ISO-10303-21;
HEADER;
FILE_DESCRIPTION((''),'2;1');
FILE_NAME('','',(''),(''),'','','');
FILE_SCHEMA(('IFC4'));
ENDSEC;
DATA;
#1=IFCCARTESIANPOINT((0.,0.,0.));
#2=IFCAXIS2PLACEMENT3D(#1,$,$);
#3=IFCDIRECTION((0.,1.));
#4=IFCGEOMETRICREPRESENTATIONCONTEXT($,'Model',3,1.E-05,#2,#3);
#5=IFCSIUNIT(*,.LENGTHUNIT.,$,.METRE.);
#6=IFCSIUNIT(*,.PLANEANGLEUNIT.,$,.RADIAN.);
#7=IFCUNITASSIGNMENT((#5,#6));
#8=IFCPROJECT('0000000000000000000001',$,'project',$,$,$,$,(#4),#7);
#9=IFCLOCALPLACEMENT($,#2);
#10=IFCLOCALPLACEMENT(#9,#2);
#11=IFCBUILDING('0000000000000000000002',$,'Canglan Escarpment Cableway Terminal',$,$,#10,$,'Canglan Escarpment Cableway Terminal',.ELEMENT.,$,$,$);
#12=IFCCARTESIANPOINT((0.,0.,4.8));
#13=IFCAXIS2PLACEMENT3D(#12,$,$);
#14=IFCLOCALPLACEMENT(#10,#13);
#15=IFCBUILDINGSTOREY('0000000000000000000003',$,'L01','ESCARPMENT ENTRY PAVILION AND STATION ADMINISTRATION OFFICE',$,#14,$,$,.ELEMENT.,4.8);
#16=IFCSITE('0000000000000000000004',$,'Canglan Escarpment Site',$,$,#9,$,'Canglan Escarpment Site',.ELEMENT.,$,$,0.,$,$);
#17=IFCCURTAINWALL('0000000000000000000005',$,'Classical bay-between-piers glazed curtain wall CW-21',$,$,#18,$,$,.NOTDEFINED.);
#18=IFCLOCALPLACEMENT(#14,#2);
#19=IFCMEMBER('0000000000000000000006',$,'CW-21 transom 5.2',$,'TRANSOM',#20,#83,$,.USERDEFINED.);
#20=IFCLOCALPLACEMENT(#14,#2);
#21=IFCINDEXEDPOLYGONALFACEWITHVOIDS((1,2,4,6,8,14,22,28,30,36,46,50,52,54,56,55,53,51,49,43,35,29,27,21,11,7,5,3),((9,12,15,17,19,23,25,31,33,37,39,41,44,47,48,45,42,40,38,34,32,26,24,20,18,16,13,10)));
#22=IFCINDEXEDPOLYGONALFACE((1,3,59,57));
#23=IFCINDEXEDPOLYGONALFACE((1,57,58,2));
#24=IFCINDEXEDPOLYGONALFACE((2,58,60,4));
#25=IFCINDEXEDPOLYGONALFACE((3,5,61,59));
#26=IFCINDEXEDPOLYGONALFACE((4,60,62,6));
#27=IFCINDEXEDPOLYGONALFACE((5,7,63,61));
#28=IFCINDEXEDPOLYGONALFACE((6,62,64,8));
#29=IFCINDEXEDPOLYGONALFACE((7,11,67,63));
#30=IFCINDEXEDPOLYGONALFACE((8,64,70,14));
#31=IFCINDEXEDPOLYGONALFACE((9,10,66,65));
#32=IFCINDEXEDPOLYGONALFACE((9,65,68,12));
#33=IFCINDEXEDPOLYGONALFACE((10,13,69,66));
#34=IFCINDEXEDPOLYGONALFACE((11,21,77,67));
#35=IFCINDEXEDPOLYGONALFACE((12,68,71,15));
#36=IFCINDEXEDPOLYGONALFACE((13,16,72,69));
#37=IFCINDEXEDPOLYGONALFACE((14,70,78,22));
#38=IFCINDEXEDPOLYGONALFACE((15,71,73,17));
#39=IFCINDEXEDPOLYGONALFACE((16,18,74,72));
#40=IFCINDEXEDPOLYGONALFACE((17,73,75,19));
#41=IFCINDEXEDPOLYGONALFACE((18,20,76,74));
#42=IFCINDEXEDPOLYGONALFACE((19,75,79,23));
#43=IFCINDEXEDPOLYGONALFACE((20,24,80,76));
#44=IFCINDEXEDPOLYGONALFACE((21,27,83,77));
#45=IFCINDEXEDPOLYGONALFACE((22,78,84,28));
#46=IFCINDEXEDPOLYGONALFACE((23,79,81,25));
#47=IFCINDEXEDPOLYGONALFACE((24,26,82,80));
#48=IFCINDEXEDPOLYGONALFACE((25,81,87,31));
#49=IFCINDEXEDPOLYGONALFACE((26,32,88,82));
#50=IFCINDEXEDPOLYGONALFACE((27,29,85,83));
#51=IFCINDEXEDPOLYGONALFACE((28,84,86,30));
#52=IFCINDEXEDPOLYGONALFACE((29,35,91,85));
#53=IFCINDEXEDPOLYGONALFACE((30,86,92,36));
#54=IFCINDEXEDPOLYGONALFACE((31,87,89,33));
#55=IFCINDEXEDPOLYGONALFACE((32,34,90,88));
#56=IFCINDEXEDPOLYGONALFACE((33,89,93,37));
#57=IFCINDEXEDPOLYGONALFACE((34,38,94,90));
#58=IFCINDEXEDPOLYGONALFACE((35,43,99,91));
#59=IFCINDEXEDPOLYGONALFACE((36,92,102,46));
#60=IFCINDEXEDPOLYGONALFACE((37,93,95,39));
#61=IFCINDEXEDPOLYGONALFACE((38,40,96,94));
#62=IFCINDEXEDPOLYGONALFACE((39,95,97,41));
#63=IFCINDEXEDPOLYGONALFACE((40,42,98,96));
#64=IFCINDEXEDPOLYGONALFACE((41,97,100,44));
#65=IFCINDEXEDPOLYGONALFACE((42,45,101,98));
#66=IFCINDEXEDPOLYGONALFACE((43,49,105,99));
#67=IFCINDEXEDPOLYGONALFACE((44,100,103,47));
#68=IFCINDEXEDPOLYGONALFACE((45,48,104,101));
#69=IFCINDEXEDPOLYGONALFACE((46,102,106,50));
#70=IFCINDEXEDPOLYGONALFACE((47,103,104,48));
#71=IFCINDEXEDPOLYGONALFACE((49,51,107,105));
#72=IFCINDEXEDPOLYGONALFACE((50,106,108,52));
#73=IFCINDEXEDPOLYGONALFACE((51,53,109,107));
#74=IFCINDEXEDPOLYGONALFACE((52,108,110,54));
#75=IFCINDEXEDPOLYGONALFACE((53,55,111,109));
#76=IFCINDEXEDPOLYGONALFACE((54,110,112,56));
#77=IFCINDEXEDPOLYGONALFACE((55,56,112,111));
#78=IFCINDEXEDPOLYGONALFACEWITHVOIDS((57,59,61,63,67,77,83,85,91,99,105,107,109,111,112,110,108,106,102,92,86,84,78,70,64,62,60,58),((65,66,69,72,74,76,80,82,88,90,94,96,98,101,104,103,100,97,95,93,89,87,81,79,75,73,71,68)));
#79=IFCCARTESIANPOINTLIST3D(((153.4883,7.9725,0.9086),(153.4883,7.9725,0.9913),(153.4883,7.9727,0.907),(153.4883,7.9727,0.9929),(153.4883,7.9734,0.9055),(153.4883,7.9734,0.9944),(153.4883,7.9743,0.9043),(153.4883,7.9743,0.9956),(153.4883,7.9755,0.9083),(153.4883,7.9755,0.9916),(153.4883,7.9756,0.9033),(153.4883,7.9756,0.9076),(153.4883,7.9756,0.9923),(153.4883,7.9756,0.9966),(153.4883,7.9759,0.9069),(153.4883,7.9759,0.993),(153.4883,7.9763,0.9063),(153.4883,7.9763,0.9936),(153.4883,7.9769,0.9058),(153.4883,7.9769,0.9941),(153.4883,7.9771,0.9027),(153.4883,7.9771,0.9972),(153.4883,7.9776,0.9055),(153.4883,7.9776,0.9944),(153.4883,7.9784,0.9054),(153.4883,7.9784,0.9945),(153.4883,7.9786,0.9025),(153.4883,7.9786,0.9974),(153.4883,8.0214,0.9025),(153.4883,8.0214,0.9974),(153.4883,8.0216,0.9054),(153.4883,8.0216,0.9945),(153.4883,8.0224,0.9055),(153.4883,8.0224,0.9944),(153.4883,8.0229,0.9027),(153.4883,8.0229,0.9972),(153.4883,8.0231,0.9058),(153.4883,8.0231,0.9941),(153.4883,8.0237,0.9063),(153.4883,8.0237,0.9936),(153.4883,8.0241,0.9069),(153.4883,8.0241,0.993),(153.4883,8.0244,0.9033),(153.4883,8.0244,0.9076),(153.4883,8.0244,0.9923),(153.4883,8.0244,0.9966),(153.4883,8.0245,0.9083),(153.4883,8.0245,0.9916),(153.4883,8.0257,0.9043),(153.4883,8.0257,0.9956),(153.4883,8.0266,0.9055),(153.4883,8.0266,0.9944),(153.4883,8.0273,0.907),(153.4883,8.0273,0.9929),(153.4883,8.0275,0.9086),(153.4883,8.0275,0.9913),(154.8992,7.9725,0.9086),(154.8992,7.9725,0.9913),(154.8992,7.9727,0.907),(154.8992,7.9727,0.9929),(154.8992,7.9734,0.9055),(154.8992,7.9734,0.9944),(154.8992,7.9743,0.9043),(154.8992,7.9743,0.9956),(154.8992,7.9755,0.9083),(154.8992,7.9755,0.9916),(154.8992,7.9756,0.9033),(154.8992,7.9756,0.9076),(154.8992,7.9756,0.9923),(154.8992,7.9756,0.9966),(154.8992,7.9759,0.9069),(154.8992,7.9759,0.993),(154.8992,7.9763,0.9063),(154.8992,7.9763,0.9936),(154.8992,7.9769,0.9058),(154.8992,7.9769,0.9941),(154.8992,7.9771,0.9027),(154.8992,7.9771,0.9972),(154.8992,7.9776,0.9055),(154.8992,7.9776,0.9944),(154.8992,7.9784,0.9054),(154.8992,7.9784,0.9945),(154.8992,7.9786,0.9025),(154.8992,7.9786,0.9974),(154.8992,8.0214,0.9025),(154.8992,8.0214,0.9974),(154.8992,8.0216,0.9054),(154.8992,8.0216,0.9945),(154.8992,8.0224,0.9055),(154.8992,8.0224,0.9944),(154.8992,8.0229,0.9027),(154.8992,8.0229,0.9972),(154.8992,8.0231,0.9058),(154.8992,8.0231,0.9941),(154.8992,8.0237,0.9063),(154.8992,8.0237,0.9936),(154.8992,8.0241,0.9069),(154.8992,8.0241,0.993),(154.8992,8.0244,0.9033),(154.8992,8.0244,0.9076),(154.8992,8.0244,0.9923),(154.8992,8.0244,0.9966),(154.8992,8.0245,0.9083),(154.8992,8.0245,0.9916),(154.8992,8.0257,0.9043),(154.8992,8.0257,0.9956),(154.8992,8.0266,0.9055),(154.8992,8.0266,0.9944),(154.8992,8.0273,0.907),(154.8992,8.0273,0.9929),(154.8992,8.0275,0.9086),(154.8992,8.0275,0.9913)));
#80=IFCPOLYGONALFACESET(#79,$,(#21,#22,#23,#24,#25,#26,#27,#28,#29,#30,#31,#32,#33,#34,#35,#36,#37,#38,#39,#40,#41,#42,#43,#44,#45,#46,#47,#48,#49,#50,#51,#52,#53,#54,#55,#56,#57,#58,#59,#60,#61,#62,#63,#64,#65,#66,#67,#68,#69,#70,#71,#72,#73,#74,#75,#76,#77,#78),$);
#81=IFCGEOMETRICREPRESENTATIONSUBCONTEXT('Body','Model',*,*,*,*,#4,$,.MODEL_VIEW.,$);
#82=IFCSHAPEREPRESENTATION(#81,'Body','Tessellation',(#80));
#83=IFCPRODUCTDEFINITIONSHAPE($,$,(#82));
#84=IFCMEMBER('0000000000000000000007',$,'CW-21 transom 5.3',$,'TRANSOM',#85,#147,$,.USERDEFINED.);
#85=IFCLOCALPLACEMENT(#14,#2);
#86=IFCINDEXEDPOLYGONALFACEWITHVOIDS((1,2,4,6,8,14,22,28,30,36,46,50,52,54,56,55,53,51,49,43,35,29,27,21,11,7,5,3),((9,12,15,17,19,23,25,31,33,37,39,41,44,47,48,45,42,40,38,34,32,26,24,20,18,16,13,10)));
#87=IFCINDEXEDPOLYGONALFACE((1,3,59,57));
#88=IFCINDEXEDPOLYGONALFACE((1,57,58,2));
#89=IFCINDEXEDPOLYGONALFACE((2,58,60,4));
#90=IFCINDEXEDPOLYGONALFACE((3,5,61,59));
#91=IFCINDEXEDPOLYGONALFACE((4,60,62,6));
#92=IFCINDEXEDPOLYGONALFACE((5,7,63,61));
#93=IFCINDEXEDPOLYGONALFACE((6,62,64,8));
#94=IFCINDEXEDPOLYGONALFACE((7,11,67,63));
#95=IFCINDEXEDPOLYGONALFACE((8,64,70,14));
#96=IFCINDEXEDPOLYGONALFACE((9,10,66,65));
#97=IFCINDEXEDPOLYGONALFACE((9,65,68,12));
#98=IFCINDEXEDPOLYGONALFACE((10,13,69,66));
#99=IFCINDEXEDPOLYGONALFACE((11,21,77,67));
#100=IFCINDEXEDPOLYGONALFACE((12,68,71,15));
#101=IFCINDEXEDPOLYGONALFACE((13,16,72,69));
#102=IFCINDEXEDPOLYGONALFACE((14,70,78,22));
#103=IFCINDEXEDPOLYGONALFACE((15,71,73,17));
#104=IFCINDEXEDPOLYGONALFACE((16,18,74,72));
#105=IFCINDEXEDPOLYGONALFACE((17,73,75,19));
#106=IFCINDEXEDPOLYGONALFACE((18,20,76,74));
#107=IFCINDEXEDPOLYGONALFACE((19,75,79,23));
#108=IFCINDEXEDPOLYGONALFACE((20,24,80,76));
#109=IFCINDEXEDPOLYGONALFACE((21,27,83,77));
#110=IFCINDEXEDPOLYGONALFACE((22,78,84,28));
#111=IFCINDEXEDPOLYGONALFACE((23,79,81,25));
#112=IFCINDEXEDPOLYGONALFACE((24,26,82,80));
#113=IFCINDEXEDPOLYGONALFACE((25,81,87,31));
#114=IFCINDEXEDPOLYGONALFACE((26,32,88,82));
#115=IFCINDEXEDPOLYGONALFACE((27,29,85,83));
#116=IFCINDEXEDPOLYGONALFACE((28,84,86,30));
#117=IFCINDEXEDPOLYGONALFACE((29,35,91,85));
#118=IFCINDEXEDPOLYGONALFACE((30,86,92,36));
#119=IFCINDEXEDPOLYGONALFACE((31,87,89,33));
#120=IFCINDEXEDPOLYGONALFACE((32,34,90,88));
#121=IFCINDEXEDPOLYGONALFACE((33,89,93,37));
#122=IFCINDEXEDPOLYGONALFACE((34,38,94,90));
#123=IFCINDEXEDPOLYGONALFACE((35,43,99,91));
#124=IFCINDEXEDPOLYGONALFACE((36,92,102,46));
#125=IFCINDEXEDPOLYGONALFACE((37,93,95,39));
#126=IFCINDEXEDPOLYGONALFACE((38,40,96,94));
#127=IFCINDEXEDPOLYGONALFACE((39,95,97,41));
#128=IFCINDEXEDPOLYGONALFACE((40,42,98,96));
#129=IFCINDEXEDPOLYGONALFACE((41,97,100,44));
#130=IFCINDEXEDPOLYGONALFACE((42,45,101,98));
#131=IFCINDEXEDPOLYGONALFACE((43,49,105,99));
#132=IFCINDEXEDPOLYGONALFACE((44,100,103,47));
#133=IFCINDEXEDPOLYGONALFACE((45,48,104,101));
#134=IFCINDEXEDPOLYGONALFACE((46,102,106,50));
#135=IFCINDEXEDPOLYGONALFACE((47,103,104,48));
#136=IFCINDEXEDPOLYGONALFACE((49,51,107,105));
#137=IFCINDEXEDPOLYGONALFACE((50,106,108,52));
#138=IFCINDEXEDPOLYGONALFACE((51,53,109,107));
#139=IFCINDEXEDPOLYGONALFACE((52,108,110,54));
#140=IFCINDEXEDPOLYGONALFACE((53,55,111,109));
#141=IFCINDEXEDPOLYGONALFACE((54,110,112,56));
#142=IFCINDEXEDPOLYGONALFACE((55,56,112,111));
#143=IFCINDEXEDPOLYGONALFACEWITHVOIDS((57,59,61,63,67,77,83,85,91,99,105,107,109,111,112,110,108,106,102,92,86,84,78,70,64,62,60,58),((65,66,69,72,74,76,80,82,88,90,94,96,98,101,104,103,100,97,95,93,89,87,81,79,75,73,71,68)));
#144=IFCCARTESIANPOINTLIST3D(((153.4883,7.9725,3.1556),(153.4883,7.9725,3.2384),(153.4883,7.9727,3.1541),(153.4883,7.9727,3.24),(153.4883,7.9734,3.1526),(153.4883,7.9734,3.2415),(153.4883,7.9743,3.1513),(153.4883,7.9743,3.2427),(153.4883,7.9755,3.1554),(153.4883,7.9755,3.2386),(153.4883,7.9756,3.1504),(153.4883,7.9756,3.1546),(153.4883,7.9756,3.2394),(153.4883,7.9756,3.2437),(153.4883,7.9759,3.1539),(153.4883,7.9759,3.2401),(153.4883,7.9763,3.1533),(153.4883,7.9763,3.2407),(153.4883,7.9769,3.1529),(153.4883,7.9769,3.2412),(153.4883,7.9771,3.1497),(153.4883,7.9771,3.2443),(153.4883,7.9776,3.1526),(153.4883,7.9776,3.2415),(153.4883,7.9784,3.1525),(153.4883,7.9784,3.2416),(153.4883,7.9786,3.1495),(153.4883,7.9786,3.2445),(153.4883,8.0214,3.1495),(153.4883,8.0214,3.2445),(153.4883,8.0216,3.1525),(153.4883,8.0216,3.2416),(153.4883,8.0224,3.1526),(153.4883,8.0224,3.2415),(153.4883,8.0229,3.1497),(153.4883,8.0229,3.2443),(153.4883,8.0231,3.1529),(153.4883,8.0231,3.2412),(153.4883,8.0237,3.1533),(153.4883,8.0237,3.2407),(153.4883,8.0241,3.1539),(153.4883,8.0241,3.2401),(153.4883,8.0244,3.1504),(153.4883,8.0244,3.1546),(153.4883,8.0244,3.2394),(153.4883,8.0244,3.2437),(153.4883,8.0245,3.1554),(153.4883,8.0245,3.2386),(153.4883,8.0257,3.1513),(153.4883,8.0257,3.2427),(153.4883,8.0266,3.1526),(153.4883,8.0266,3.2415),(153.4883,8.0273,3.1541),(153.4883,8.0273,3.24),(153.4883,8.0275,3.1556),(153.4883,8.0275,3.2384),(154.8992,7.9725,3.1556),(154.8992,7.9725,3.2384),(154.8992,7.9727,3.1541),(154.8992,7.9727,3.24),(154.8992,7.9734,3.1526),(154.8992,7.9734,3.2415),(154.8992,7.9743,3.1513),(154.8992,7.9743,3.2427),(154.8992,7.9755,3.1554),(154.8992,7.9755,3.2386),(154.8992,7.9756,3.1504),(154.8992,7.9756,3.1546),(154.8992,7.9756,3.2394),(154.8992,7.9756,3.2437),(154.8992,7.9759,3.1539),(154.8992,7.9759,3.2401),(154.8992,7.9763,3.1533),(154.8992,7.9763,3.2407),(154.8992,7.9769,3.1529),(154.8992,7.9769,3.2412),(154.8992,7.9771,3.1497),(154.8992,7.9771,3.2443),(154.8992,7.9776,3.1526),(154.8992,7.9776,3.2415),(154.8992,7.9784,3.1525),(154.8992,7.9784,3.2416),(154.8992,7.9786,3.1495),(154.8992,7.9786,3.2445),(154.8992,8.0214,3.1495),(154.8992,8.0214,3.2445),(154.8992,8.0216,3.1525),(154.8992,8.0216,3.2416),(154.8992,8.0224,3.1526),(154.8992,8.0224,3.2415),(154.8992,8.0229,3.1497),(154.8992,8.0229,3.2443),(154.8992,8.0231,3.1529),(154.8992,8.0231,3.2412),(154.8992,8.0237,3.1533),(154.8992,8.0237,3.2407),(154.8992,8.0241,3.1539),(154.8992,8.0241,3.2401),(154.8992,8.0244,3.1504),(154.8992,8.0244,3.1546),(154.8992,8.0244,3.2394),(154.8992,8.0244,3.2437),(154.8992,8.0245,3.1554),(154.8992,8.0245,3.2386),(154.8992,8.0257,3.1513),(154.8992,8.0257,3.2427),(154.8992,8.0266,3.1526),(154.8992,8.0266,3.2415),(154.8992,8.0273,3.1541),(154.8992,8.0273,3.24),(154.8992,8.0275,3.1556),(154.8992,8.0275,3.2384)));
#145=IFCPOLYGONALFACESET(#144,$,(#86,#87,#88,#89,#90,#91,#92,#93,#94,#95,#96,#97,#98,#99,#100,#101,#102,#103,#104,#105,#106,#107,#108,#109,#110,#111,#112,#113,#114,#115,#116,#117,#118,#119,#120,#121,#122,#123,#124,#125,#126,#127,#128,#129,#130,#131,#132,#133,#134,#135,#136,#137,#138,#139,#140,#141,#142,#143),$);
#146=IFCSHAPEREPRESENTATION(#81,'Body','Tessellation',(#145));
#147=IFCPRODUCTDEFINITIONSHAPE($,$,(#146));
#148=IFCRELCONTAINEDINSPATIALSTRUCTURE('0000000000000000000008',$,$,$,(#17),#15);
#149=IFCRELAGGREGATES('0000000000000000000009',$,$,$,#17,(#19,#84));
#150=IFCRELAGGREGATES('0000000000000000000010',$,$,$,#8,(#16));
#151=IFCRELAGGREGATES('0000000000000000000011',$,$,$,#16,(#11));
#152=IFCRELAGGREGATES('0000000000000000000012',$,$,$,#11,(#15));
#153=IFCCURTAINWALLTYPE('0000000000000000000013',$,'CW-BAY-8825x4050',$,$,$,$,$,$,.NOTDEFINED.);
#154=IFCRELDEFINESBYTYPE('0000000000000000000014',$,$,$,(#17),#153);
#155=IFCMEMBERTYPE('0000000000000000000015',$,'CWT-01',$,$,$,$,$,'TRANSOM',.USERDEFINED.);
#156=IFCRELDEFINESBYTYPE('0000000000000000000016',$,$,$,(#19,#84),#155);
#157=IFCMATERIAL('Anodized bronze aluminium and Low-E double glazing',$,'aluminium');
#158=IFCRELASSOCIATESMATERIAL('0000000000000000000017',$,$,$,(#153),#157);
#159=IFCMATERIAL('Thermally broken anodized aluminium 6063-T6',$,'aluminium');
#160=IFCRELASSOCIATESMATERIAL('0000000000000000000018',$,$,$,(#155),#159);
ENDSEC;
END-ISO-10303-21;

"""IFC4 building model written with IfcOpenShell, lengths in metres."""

from ifc_helpers import new_model, si_unit, direction, frame, origin, origin_2d, place, context, subcontext, project, spatial, hollow_rectangle, extrude, material, material_profile, profile_set, type_object, element, aggregate, save


model = new_model("IFC4")

# Units and contexts
model_context = context("Model", 3, precision=1e-05, world=origin(), true_north=direction((0.0, 1.0)))
body_context = subcontext(model_context, "Body", "Model", "MODEL_VIEW")
ifc_project = project(units=[si_unit("LENGTHUNIT", "METRE"), si_unit("PLANEANGLEUNIT", "RADIAN")], contexts=[model_context])

# Site, building, storey
site_placement = place(None, origin())
site = spatial("IfcSite", under=ifc_project, at=site_placement, Name="Canglan Escarpment Site", LongName="Canglan Escarpment Site", CompositionType="ELEMENT", RefElevation=0.0)
building_placement = place(site_placement, origin())
building = spatial("IfcBuilding", under=site, at=building_placement, Name="Canglan Escarpment Cableway Terminal", LongName="Canglan Escarpment Cableway Terminal", CompositionType="ELEMENT")
storey_placement = place(building_placement, frame((0.0, 0.0, 4.8)))
storey = spatial("IfcBuildingStorey", under=building, at=storey_placement, Name="L01", Description="ESCARPMENT ENTRY PAVILION AND STATION ADMINISTRATION OFFICE", CompositionType="ELEMENT", Elevation=4.8)

# Curtain wall, members
ifc_material_1 = material(Name="Anodized bronze aluminium and Low-E double glazing", Category="aluminium")
curtain_wall_type = type_object("IfcCurtainWallType", Name="CW-BAY-8825x4050", PredefinedType="NOTDEFINED", material=ifc_material_1)
curtain_wall_placement = place(storey_placement, origin())
curtain_wall = element("IfcCurtainWall", 1, at=curtain_wall_placement, inside=storey, type_object=curtain_wall_type, Name="Classical bay-between-piers glazed curtain wall CW-21", PredefinedType="NOTDEFINED")
ifc_material_2 = material(Name="Thermally broken anodized aluminium 6063-T6", Category="aluminium")
ifc_material_profile_1 = material_profile(ifc_material_2, hollow_rectangle(XDim=0.0549, YDim=0.095, WallThickness=0.0029, InnerFilletRadius=0.0029, OuterFilletRadius=0.0061, at=origin_2d()), Name="ALU-TRAN 55x95x3")
ifc_profile_set_1 = profile_set([ifc_material_profile_1], Name="Thermally broken anodized aluminium 6063-T6")
member_type_1 = type_object("IfcMemberType", Name="CWT-01", ElementType="TRANSOM", PredefinedType="USERDEFINED", material=ifc_profile_set_1)
member_1_placement = place(storey_placement, frame((153.4883, 8.0, 0.95), z_axis=(1.0, 0.0, 0.0), x_axis=(0.0, 1.0, 0.0)))
member_1 = element("IfcMember", 2, at=member_1_placement, type_object=member_type_1, Name="CW-21 transom 5.2", ObjectType="TRANSOM", PredefinedType="USERDEFINED", context=body_context, shape_type="SweptSolid", body=[
    extrude(hollow_rectangle(XDim=0.0549, YDim=0.095, WallThickness=0.0029, InnerFilletRadius=0.0029, OuterFilletRadius=0.0061, at=origin_2d()), origin(), (0.0, 0.0, 1.0), 1.4109),
])
member_2_placement = place(storey_placement, frame((153.4883, 8.0, 3.197), z_axis=(1.0, 0.0, 0.0), x_axis=(0.0, 1.0, 0.0)))
member_2 = element("IfcMember", 3, at=member_2_placement, type_object=member_type_1, Name="CW-21 transom 5.3", ObjectType="TRANSOM", PredefinedType="USERDEFINED", context=body_context, shape_type="SweptSolid", body=[
    extrude(hollow_rectangle(XDim=0.0549, YDim=0.095, WallThickness=0.0029, InnerFilletRadius=0.0029, OuterFilletRadius=0.0061, at=origin_2d()), origin(), (0.0, 0.0, 1.0), 1.4109),
])
aggregate(curtain_wall, [member_1, member_2])

save(model, "model.ifc")
